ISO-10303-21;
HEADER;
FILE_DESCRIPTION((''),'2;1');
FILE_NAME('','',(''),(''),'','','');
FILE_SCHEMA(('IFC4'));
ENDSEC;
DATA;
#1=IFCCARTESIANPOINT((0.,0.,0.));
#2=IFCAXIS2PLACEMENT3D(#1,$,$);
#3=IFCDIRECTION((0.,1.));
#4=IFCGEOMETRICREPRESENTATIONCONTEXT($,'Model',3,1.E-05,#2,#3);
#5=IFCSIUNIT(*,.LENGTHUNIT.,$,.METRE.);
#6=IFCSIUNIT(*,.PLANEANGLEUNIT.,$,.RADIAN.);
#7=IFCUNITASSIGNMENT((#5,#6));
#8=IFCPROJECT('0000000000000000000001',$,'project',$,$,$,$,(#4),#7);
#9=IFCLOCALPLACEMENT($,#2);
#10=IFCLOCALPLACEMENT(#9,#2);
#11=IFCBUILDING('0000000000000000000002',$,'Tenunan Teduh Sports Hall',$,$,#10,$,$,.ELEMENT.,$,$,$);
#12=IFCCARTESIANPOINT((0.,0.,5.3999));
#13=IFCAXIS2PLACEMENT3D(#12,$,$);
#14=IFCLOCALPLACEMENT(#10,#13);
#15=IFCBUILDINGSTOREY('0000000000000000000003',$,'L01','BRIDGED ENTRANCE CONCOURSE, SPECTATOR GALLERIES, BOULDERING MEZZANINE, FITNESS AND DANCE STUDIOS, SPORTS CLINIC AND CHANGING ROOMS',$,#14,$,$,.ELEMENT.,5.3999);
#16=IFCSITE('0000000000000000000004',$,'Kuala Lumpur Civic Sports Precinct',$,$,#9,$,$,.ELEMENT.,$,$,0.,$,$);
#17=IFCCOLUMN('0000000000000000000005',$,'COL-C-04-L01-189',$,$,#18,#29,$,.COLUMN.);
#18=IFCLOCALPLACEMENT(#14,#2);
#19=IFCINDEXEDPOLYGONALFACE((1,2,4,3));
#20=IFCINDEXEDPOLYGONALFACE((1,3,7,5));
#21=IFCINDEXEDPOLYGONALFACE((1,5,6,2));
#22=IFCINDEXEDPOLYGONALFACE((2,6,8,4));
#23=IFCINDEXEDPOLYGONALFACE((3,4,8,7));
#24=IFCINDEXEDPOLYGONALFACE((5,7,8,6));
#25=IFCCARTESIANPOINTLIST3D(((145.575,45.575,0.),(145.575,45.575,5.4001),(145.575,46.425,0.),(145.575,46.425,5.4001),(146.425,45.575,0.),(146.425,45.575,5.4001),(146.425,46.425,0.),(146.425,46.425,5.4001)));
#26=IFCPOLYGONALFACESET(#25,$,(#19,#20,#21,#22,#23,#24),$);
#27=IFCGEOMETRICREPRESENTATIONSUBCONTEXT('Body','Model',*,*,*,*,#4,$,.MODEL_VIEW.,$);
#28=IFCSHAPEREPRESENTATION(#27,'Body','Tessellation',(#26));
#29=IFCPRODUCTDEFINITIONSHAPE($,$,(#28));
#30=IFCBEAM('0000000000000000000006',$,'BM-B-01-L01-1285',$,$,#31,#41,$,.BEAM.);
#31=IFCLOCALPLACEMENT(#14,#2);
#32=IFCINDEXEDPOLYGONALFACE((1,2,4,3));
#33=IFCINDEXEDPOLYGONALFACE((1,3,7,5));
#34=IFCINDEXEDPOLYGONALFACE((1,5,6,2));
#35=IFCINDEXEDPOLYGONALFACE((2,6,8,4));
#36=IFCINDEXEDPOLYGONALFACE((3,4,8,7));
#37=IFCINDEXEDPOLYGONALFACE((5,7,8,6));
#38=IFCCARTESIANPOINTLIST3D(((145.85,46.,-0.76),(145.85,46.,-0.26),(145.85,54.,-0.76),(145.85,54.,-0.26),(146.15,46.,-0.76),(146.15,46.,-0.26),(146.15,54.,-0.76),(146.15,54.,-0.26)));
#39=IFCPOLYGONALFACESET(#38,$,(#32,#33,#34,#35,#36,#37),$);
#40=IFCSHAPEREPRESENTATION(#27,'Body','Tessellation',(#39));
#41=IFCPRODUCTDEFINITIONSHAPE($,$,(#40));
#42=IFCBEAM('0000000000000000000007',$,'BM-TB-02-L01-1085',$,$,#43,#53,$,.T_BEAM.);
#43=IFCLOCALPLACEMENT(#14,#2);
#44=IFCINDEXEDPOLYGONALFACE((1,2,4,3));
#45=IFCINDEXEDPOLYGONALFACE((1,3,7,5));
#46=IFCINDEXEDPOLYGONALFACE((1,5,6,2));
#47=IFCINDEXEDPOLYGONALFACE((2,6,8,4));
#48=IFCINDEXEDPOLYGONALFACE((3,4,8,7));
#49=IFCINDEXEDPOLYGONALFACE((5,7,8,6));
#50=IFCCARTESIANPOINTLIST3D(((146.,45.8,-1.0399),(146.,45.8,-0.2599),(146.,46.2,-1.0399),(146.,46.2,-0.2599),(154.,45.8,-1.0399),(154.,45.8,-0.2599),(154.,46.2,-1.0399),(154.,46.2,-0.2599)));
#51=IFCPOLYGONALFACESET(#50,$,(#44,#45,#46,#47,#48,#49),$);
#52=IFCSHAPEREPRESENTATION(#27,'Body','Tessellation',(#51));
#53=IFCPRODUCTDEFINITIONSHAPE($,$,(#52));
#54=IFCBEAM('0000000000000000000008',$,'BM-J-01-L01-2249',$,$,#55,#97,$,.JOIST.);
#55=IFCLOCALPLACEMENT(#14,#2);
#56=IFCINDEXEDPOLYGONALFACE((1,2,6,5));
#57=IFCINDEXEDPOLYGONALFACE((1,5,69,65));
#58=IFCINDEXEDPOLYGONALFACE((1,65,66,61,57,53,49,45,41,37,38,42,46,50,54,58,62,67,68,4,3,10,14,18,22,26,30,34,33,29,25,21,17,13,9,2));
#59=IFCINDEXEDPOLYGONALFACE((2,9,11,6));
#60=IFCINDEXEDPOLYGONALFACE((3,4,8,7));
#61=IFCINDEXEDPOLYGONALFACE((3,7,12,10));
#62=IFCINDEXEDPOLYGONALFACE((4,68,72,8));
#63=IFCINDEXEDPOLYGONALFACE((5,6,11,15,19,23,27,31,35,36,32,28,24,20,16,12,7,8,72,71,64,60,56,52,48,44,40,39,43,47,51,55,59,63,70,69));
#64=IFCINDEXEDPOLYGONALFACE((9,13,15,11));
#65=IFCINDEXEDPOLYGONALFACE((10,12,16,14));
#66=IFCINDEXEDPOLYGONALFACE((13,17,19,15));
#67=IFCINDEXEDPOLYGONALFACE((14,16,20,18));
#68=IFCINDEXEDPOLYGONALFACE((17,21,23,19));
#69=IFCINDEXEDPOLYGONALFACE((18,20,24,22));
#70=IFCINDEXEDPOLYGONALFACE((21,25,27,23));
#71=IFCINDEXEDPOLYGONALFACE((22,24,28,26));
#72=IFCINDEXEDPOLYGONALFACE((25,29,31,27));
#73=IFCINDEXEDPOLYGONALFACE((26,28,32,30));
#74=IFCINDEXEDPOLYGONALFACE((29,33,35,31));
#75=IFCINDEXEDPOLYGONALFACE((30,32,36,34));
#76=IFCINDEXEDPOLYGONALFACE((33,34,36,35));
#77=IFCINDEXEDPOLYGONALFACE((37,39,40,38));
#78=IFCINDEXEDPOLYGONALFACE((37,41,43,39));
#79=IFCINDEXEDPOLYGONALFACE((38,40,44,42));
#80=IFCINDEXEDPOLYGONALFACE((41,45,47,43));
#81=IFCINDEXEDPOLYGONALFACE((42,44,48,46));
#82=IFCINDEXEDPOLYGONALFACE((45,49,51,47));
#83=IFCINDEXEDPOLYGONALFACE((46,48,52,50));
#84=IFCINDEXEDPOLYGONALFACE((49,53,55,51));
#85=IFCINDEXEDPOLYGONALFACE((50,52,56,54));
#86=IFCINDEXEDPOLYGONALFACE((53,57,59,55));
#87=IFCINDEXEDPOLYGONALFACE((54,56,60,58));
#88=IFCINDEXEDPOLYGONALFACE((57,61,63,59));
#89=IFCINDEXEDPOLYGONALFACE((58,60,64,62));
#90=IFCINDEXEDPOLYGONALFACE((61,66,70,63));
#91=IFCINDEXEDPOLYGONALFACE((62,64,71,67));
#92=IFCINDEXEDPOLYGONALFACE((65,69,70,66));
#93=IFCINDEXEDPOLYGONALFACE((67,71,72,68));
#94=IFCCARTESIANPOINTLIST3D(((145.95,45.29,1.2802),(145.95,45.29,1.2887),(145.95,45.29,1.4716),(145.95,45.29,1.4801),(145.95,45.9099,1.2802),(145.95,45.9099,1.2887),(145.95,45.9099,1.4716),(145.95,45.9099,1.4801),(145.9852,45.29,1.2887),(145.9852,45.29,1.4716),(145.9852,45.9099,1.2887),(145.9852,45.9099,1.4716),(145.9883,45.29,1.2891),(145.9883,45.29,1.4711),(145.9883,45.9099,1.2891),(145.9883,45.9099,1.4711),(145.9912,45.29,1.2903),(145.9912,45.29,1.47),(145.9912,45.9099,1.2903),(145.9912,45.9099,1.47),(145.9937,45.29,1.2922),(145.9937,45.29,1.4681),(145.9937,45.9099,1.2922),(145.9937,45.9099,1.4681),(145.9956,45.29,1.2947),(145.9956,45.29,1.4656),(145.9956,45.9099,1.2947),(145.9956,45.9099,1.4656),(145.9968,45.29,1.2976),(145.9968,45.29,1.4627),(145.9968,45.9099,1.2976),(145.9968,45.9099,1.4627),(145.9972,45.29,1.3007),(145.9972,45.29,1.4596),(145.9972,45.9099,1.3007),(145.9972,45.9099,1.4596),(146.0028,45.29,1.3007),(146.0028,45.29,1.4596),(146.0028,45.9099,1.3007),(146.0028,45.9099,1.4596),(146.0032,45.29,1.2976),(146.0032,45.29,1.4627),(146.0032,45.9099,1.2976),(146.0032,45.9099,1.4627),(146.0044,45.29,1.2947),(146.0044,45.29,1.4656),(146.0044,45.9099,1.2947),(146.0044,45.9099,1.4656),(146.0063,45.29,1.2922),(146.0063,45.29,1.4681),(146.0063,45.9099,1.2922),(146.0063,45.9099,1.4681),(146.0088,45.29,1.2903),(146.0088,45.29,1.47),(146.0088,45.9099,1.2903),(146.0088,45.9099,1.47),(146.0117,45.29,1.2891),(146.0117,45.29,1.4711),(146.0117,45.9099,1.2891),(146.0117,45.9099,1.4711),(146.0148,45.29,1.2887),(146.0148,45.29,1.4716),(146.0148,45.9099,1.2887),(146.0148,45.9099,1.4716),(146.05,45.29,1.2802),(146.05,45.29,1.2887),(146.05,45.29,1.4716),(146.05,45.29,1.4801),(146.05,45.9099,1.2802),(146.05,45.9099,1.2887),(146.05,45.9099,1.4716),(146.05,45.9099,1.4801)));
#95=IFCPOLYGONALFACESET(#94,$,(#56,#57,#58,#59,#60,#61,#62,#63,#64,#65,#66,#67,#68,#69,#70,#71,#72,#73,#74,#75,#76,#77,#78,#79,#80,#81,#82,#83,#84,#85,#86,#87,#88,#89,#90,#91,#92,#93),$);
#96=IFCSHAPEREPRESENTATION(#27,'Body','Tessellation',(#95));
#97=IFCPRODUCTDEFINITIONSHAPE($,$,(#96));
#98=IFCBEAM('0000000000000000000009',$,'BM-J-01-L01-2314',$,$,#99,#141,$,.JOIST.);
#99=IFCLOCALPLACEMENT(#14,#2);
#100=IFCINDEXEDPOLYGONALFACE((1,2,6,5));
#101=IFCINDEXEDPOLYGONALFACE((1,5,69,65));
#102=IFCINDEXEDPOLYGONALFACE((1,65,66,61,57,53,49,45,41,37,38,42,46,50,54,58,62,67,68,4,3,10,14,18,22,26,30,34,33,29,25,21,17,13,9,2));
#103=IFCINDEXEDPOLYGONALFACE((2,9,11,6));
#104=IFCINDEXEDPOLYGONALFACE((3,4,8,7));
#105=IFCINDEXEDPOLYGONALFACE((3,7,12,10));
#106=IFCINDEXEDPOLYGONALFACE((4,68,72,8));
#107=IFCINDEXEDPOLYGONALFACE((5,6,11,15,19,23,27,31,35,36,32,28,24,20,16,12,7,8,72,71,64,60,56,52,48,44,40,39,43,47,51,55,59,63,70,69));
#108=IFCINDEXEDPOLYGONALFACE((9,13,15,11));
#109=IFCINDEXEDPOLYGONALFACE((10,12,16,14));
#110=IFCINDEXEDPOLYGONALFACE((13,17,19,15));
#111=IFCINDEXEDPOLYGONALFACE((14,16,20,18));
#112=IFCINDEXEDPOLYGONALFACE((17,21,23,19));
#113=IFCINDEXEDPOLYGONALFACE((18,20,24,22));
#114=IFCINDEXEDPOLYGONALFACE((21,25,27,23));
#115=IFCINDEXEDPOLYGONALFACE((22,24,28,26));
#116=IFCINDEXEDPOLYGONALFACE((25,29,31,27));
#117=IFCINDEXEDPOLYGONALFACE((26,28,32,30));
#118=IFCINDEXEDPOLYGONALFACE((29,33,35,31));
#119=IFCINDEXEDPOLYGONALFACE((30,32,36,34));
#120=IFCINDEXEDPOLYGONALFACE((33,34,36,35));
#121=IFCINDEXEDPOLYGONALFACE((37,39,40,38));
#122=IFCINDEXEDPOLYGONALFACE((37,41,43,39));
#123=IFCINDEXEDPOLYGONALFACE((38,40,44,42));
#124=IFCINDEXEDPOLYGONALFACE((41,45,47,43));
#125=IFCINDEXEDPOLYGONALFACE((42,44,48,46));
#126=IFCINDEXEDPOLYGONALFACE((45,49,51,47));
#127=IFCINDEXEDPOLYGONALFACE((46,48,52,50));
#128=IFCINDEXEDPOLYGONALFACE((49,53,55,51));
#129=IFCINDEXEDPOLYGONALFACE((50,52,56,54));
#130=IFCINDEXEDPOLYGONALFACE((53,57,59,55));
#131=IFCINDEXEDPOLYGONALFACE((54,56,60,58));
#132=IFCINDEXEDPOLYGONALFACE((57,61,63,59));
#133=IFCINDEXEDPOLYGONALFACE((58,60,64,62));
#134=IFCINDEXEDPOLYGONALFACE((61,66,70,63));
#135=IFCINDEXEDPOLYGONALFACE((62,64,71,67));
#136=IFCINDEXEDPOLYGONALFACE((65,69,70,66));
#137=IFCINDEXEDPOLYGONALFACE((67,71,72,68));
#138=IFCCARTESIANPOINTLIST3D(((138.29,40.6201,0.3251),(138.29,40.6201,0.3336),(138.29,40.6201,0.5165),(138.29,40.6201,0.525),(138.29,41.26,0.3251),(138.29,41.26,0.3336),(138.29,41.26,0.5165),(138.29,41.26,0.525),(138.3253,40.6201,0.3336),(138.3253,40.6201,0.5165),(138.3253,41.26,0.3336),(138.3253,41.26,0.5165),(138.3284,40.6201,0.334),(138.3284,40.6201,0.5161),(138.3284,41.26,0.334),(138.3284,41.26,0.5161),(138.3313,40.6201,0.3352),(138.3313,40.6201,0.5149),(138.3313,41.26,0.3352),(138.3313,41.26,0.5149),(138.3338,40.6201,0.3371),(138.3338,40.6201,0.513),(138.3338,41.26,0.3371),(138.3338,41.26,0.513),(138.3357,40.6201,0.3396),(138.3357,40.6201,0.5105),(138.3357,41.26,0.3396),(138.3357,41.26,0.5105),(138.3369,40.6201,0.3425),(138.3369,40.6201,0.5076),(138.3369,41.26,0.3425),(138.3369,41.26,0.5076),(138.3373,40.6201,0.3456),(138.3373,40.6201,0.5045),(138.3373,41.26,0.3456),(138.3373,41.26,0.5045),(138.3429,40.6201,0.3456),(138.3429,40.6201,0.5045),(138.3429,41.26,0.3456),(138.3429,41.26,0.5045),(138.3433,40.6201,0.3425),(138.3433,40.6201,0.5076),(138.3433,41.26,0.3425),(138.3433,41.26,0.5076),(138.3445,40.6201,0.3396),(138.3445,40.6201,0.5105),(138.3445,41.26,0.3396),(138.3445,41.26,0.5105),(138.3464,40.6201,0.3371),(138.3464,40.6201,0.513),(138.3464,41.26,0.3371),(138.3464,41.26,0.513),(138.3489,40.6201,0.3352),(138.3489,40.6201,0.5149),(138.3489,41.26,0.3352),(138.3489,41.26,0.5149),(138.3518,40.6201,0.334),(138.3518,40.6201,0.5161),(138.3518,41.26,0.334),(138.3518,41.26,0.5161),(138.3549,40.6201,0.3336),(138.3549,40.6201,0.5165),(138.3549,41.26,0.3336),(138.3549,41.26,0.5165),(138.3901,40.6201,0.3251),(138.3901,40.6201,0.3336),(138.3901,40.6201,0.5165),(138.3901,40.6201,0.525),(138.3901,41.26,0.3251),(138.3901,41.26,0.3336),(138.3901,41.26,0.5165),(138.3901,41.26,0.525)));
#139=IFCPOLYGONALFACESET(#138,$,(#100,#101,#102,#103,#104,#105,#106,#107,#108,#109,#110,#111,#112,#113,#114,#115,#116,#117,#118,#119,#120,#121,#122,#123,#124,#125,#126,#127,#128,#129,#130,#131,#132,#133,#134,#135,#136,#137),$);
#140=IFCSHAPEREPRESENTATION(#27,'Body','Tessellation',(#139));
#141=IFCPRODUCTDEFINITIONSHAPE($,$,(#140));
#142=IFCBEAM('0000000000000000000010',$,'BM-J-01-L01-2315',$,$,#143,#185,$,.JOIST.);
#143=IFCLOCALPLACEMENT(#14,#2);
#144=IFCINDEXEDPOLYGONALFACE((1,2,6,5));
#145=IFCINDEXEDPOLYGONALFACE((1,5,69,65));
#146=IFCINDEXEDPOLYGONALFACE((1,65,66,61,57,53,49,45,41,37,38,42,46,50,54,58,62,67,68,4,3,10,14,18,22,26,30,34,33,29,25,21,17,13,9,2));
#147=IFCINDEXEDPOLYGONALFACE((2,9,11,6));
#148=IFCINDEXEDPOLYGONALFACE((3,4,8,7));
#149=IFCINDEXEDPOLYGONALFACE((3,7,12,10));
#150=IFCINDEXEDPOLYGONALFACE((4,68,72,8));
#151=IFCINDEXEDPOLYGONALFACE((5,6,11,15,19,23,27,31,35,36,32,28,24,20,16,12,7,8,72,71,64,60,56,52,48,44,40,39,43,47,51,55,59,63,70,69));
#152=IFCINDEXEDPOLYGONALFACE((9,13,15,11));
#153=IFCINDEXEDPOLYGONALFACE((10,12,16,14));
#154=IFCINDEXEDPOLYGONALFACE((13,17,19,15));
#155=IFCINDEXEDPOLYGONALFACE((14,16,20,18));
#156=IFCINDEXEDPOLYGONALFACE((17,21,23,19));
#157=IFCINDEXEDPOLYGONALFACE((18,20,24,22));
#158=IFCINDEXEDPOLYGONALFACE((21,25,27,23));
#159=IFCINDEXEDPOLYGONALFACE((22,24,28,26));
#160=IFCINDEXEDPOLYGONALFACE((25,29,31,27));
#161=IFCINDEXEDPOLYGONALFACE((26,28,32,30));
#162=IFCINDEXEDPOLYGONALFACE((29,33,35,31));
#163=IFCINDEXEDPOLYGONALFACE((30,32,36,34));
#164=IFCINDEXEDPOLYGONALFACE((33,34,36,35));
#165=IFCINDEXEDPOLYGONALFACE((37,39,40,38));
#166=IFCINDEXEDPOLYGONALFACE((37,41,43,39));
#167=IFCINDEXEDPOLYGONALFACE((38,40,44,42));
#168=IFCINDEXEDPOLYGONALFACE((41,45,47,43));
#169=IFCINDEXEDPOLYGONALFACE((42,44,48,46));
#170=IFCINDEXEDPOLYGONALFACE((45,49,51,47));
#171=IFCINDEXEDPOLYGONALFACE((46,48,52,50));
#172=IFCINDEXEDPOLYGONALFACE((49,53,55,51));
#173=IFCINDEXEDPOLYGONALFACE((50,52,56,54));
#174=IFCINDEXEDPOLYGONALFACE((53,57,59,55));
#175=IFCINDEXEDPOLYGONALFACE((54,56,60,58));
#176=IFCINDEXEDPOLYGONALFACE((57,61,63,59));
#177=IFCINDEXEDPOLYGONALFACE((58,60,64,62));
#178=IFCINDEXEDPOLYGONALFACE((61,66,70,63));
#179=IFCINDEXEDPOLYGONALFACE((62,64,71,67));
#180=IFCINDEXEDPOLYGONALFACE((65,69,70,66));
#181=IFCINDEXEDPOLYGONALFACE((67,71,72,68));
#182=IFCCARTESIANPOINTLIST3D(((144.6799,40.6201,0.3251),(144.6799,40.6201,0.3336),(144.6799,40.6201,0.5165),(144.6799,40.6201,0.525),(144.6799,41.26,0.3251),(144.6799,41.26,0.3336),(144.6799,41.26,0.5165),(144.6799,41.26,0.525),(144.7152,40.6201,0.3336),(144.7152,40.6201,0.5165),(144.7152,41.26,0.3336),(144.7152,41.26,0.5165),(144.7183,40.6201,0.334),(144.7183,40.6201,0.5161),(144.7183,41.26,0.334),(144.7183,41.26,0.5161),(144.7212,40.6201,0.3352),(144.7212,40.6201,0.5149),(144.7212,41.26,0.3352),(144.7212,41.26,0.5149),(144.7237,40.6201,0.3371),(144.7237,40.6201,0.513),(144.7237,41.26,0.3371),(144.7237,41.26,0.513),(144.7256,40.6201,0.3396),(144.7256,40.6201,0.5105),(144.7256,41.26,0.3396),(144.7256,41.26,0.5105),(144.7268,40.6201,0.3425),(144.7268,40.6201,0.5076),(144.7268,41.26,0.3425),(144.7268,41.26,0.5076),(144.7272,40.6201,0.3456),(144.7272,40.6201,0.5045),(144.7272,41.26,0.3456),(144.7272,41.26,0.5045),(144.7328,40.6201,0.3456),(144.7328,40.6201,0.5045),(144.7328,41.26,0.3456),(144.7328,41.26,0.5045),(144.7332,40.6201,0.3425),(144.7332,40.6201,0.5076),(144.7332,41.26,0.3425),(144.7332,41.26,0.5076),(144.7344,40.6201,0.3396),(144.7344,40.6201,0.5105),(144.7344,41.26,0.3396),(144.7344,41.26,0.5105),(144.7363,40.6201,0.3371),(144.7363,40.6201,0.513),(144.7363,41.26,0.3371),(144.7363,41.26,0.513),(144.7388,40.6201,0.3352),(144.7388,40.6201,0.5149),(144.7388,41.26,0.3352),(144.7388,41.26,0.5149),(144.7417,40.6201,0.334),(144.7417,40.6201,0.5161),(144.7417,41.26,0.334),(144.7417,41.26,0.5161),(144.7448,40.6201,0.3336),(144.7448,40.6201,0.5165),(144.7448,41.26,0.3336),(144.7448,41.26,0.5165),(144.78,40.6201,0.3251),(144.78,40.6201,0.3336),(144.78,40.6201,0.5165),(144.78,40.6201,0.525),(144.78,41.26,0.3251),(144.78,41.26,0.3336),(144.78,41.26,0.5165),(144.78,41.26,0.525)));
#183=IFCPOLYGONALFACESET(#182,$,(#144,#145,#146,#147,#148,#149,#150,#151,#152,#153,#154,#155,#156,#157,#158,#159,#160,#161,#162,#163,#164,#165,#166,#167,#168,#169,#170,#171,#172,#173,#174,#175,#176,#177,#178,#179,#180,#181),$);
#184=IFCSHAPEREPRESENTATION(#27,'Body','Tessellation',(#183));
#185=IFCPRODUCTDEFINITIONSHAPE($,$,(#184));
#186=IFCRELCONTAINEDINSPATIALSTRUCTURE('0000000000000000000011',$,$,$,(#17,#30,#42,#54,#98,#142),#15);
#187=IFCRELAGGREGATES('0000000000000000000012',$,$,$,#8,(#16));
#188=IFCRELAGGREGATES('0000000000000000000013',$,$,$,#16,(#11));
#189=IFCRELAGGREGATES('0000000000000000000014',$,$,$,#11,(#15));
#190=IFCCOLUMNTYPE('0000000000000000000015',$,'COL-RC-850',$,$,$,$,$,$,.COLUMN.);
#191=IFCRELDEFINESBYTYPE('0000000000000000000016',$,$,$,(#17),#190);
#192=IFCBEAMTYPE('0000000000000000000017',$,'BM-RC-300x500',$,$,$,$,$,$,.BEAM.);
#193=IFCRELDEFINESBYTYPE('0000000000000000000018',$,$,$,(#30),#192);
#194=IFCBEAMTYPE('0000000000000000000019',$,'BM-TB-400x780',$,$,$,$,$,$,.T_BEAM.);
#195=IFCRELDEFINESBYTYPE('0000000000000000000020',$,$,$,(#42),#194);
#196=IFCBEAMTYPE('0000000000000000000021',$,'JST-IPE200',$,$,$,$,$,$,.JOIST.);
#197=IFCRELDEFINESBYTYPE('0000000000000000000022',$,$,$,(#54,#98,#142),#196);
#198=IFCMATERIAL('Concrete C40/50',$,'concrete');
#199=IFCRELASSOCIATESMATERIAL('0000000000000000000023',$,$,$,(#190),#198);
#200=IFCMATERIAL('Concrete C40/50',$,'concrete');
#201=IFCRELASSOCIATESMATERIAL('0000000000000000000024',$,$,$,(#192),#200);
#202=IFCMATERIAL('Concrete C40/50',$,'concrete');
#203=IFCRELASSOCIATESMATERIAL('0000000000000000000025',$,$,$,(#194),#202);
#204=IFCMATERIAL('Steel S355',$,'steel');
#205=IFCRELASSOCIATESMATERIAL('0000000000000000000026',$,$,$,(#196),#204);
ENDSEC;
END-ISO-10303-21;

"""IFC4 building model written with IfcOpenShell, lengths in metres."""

from ifc_helpers import new_model, si_unit, direction, frame, origin, origin_2d, place, context, subcontext, project, spatial, rectangle, i_section, extrude, material, material_profile, profile_set, type_object, element, save


model = new_model("IFC4")

# Units and contexts
model_context = context("Model", 3, precision=1e-05, world=origin(), true_north=direction((0.0, 1.0)))
body_context = subcontext(model_context, "Body", "Model", "MODEL_VIEW")
ifc_project = project(units=[si_unit("LENGTHUNIT", "METRE"), si_unit("PLANEANGLEUNIT", "RADIAN")], contexts=[model_context])

# Site, building, storey
site_placement = place(None, origin())
site = spatial("IfcSite", under=ifc_project, at=site_placement, Name="Kuala Lumpur Civic Sports Precinct", CompositionType="ELEMENT", RefElevation=0.0)
building_placement = place(site_placement, origin())
building = spatial("IfcBuilding", under=site, at=building_placement, Name="Tenunan Teduh Sports Hall", CompositionType="ELEMENT")
storey_placement = place(building_placement, frame((0.0, 0.0, 5.3999)))
storey = spatial("IfcBuildingStorey", under=building, at=storey_placement, Name="L01", Description="BRIDGED ENTRANCE CONCOURSE, SPECTATOR GALLERIES, BOULDERING MEZZANINE, FITNESS AND DANCE STUDIOS, SPORTS CLINIC AND CHANGING ROOMS", CompositionType="ELEMENT", Elevation=5.3999)

# Column
ifc_material_1 = material(Name="Concrete C40/50", Category="concrete")
ifc_material_profile_1 = material_profile(ifc_material_1, rectangle(XDim=0.8501, YDim=0.8501, at=origin_2d()), Name="RC 850x850")
ifc_profile_set_1 = profile_set([ifc_material_profile_1], Name="Concrete C40/50")
column_type = type_object("IfcColumnType", Name="COL-RC-850", PredefinedType="COLUMN", material=ifc_profile_set_1)
column_placement = place(storey_placement, frame((146.0, 46.0, 0.0), z_axis=(0.0, 0.0, 1.0), x_axis=(1.0, 0.0, 0.0)))
element("IfcColumn", 1, at=column_placement, inside=storey, type_object=column_type, Name="COL-C-04-L01-189", PredefinedType="COLUMN", context=body_context, shape_type="SweptSolid", body=[
    extrude(rectangle(XDim=0.8501, YDim=0.8501, at=origin_2d()), origin(), (0.0, 0.0, 1.0), 5.4001),
])

# Beams
ifc_material_2 = material(Name="Concrete C40/50", Category="concrete")
ifc_material_profile_2 = material_profile(ifc_material_2, rectangle(XDim=0.3, YDim=0.5, at=origin_2d()), Name="RCB 300x500")
ifc_profile_set_2 = profile_set([ifc_material_profile_2], Name="Concrete C40/50")
beam_type_1 = type_object("IfcBeamType", Name="BM-RC-300x500", PredefinedType="BEAM", material=ifc_profile_set_2)
beam_1_placement = place(storey_placement, frame((146.0, 46.0, -0.51), z_axis=(0.0, 1.0, 0.0), x_axis=(-1.0, 0.0, 0.0)))
element("IfcBeam", 2, at=beam_1_placement, inside=storey, type_object=beam_type_1, Name="BM-B-01-L01-1285", PredefinedType="BEAM", context=body_context, shape_type="SweptSolid", body=[
    extrude(rectangle(XDim=0.3, YDim=0.5, at=origin_2d()), origin(), (0.0, 0.0, 1.0), 8.0),
])
ifc_material_3 = material(Name="Concrete C40/50", Category="concrete")
ifc_material_profile_3 = material_profile(ifc_material_3, rectangle(XDim=0.3999, YDim=0.78, at=origin_2d()), Name="TB 400x780")
ifc_profile_set_3 = profile_set([ifc_material_profile_3], Name="Concrete C40/50")
beam_type_2 = type_object("IfcBeamType", Name="BM-TB-400x780", PredefinedType="T_BEAM", material=ifc_profile_set_3)
beam_2_placement = place(storey_placement, frame((146.0, 46.0, -0.6499), z_axis=(1.0, 0.0, 0.0), x_axis=(0.0, 1.0, 0.0)))
element("IfcBeam", 3, at=beam_2_placement, inside=storey, type_object=beam_type_2, Name="BM-TB-02-L01-1085", PredefinedType="T_BEAM", context=body_context, shape_type="SweptSolid", body=[
    extrude(rectangle(XDim=0.3999, YDim=0.78, at=origin_2d()), origin(), (0.0, 0.0, 1.0), 8.0),
])
ifc_material_4 = material(Name="Steel S355", Category="steel")
ifc_material_profile_4 = material_profile(ifc_material_4, i_section(OverallWidth=0.1001, OverallDepth=0.2, WebThickness=0.0056, FlangeThickness=0.0085, FilletRadius=0.012, at=origin_2d()), Name="IPE 200")
ifc_profile_set_4 = profile_set([ifc_material_profile_4], Name="Steel S355")
beam_type_3 = type_object("IfcBeamType", Name="JST-IPE200", PredefinedType="JOIST", material=ifc_profile_set_4)
beam_3_placement = place(storey_placement, frame((146.0, 45.29, 1.3801), z_axis=(0.0, 1.0, 0.0), x_axis=(-1.0, 0.0, 0.0)))
element("IfcBeam", 4, at=beam_3_placement, inside=storey, type_object=beam_type_3, Name="BM-J-01-L01-2249", PredefinedType="JOIST", context=body_context, shape_type="SweptSolid", body=[
    extrude(i_section(OverallWidth=0.1001, OverallDepth=0.2, WebThickness=0.0056, FlangeThickness=0.0085, FilletRadius=0.012, at=origin_2d()), origin(), (0.0, 0.0, 1.0), 0.6199),
])
for number, where, z_axis, x_axis, name in (
    (5, (138.3401, 40.6201, 0.425), (0.0, 1.0, 0.0), (-1.0, 0.0, 0.0), "BM-J-01-L01-2314"),
    (6, (144.73, 40.6201, 0.425), (0.0, 1.0, 0.0), (-1.0, 0.0, 0.0), "BM-J-01-L01-2315"),
):
    element("IfcBeam", number, at=place(storey_placement, frame(where, z_axis=z_axis, x_axis=x_axis)), inside=storey, type_object=beam_type_3, Name=name, PredefinedType="JOIST", context=body_context, shape_type="SweptSolid", body=[
        extrude(i_section(OverallWidth=0.1001, OverallDepth=0.2, WebThickness=0.0056, FlangeThickness=0.0085, FilletRadius=0.012, at=origin_2d()), origin(), (0.0, 0.0, 1.0), 0.6399),
    ])

save(model, "model.ifc")
